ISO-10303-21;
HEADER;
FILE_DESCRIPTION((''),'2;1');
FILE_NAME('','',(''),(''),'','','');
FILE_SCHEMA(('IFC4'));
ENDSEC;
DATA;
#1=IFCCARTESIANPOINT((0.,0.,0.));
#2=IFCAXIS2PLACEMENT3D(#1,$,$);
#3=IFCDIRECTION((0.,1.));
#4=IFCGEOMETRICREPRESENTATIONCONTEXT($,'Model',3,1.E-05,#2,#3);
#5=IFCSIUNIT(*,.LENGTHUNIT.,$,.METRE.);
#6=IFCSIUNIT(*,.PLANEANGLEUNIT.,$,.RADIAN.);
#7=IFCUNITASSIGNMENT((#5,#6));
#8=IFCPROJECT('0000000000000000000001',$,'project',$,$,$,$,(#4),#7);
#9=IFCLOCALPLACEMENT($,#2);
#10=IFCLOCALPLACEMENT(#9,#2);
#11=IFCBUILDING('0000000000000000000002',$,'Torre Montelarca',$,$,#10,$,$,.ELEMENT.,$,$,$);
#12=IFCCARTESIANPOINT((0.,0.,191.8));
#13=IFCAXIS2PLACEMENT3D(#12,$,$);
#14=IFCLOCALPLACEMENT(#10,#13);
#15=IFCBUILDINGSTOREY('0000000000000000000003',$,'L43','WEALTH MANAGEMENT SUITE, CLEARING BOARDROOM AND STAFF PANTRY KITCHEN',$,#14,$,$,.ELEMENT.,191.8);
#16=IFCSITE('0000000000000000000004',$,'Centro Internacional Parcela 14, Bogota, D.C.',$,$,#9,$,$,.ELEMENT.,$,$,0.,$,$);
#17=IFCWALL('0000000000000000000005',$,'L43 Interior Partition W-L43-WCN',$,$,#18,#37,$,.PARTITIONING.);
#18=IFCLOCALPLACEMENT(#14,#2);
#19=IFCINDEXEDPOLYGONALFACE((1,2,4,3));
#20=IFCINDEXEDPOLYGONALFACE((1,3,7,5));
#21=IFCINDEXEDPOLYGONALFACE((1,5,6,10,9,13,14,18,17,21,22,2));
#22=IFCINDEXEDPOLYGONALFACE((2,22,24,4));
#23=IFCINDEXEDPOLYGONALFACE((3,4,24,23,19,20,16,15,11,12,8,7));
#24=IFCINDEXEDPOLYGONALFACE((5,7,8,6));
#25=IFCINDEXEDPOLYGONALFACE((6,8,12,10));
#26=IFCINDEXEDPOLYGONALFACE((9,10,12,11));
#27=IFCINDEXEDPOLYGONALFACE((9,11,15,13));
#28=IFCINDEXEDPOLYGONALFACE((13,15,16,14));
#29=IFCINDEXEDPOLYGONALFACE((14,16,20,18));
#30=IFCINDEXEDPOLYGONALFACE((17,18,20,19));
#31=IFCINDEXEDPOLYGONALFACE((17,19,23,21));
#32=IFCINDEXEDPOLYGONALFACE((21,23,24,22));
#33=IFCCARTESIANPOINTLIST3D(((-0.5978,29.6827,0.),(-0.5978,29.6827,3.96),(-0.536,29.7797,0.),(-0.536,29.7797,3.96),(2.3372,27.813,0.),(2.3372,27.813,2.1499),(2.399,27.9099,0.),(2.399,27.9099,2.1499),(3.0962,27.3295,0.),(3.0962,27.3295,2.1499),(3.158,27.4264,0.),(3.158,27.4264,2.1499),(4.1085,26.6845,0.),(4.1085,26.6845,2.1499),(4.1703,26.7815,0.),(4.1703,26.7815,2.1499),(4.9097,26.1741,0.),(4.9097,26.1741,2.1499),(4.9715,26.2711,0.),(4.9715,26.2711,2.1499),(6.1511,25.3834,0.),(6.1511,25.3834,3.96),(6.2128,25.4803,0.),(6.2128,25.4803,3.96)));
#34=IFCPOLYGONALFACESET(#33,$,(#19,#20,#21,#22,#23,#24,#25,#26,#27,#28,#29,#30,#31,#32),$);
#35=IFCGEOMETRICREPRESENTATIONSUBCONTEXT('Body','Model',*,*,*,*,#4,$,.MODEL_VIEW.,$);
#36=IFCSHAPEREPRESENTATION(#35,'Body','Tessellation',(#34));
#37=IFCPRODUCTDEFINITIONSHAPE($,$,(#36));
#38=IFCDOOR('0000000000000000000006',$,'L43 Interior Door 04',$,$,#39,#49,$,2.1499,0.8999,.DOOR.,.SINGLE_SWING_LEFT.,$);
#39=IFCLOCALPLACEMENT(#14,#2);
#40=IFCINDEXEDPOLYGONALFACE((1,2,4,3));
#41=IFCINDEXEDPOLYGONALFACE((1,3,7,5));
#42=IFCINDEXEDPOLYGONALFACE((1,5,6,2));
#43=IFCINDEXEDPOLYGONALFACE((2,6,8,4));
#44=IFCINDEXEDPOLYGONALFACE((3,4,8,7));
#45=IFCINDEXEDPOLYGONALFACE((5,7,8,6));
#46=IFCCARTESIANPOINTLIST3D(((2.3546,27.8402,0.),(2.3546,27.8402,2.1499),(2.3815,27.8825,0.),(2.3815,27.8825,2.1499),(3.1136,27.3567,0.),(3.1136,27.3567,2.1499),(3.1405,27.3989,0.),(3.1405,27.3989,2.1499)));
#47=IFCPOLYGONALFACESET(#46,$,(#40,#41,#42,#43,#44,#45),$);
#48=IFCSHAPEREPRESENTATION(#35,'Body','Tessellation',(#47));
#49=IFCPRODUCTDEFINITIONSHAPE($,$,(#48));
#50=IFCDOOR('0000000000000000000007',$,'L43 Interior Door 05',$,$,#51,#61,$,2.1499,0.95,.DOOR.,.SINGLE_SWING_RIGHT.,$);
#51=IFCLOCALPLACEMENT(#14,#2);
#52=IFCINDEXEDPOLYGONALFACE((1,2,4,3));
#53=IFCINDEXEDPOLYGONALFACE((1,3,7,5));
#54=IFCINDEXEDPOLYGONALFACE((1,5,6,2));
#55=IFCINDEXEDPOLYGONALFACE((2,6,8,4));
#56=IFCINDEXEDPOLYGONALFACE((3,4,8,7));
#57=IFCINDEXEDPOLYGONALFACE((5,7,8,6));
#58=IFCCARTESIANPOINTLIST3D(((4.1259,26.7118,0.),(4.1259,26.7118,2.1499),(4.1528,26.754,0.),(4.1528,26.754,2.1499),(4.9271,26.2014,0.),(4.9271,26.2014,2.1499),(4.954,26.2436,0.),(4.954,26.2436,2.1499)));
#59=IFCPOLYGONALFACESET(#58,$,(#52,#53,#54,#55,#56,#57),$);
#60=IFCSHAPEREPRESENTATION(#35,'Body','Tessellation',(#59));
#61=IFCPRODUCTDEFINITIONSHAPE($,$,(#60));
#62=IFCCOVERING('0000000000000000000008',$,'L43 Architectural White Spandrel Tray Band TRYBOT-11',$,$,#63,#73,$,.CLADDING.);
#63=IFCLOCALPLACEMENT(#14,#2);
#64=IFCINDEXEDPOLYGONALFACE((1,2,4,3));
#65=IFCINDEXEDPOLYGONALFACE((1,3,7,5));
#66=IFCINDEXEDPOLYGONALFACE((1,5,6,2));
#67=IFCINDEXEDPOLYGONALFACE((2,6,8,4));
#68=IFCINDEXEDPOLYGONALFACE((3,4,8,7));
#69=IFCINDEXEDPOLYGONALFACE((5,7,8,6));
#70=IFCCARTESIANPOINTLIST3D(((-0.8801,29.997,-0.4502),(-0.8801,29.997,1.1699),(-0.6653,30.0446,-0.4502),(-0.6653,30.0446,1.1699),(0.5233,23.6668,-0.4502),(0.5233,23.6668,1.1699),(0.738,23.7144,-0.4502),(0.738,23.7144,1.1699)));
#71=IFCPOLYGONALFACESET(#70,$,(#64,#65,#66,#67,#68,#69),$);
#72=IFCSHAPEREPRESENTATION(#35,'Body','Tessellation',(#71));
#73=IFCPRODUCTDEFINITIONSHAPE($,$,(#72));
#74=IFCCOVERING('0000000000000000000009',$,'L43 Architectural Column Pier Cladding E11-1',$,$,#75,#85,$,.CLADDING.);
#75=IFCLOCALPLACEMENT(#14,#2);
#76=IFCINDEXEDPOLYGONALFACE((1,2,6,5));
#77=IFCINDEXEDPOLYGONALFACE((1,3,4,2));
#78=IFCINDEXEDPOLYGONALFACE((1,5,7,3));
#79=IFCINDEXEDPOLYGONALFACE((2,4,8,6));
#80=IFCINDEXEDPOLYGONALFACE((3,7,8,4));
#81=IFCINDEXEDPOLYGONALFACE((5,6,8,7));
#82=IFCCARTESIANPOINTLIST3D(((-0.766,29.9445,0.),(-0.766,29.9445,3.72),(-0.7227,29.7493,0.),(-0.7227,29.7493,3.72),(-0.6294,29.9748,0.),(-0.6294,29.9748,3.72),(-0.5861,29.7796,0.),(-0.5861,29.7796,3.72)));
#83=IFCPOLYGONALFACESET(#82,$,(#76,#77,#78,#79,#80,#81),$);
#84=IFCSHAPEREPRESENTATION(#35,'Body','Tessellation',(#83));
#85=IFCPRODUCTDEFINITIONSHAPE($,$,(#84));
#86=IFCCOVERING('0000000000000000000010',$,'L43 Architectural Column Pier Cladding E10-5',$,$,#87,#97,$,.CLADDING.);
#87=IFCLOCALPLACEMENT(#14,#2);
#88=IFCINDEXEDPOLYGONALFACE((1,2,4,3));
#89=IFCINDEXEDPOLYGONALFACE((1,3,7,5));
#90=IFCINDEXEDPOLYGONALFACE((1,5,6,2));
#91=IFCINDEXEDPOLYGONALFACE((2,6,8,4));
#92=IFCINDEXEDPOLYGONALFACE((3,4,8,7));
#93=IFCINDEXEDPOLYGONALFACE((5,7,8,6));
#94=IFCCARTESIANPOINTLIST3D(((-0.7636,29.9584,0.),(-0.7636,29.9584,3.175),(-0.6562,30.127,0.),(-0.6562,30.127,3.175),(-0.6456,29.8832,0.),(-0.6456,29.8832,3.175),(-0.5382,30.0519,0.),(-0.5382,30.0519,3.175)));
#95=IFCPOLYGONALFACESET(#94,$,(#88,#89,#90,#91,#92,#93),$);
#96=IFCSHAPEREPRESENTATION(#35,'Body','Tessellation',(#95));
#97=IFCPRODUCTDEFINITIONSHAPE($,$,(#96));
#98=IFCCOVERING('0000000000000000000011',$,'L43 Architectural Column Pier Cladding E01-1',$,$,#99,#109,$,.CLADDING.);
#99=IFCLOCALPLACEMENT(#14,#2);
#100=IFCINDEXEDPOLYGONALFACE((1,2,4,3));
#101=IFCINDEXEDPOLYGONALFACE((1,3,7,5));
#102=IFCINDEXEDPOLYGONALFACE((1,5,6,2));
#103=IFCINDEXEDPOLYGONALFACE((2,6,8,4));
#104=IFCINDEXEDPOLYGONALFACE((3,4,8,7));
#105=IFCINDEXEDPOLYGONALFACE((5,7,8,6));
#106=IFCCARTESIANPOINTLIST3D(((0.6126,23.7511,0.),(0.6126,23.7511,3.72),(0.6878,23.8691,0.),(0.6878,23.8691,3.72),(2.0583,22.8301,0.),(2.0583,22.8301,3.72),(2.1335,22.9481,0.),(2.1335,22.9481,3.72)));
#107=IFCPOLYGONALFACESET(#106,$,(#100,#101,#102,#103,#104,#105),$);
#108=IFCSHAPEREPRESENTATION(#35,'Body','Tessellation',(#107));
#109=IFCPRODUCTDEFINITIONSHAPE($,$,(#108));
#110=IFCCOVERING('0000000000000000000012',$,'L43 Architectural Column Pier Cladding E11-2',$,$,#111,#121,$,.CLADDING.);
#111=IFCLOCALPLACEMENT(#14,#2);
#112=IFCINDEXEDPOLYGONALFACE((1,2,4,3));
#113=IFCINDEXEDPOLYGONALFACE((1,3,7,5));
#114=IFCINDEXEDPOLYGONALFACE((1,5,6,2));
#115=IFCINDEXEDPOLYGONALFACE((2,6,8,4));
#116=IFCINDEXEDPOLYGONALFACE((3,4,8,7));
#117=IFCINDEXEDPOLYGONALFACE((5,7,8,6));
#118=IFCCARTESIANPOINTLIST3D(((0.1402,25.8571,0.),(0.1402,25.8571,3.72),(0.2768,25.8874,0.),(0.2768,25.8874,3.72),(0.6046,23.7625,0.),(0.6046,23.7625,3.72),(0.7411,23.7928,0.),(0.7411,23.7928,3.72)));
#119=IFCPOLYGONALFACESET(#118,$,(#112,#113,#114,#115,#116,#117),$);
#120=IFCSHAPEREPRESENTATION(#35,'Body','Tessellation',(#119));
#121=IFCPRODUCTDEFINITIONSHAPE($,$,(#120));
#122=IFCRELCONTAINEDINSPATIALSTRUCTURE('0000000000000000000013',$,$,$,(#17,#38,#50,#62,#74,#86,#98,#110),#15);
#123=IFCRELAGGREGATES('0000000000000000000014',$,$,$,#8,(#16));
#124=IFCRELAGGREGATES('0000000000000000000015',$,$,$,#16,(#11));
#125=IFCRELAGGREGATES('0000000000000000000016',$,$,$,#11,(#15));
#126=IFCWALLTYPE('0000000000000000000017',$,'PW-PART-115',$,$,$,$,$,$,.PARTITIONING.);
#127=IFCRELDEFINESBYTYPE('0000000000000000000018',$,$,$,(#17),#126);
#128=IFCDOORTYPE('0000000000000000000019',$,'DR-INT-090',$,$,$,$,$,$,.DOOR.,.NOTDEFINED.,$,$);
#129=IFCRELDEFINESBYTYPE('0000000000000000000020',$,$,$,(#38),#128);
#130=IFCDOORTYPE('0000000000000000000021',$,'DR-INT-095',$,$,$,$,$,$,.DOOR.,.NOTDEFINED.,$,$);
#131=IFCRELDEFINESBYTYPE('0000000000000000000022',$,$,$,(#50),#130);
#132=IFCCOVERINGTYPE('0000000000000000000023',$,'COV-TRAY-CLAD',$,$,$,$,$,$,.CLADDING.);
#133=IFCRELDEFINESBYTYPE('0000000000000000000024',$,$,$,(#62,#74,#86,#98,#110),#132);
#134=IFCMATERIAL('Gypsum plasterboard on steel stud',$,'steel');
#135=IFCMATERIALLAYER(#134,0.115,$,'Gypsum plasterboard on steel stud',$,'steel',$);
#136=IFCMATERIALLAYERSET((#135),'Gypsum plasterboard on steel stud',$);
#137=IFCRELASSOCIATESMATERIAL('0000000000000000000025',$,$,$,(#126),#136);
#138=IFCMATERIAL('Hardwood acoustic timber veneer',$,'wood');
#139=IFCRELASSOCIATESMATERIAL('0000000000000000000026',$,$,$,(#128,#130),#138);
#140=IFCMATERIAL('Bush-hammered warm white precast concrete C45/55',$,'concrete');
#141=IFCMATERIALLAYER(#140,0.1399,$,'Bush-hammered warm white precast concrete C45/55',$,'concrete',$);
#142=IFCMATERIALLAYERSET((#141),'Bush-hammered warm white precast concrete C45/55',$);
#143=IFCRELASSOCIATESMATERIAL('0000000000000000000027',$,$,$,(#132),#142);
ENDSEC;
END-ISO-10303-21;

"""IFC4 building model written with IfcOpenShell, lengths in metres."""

from ifc_helpers import new_model, si_unit, direction, frame, frame_2d, origin, origin_2d, place, context, subcontext, project, spatial, rectangle, extrude, source, transform, mapped, material, layer, layer_set, type_object, element, fill, save


model = new_model("IFC4")

# Units and contexts
model_context = context("Model", 3, precision=1e-05, world=origin(), true_north=direction((0.0, 1.0)))
body_context = subcontext(model_context, "Body", "Model", "MODEL_VIEW")
ifc_project = project(units=[si_unit("LENGTHUNIT", "METRE"), si_unit("PLANEANGLEUNIT", "RADIAN")], contexts=[model_context])

# Site, building, storey
site_placement = place(None, origin())
site = spatial("IfcSite", under=ifc_project, at=site_placement, Name="Centro Internacional Parcela 14, Bogota, D.C.", CompositionType="ELEMENT", RefElevation=0.0)
building_placement = place(site_placement, origin())
building = spatial("IfcBuilding", under=site, at=building_placement, Name="Torre Montelarca", CompositionType="ELEMENT")
storey_placement = place(building_placement, frame((0.0, 0.0, 191.8)))
storey = spatial("IfcBuildingStorey", under=building, at=storey_placement, Name="L43", Description="WEALTH MANAGEMENT SUITE, CLEARING BOARDROOM AND STAFF PANTRY KITCHEN", CompositionType="ELEMENT", Elevation=191.8)

# Wall, openings, doors
ifc_material_1 = material(Name="Gypsum plasterboard on steel stud", Category="steel")
ifc_layer_1 = layer(ifc_material_1, 0.115, Name="Gypsum plasterboard on steel stud", Category="steel")
ifc_layer_set_1 = layer_set([ifc_layer_1], Name="Gypsum plasterboard on steel stud")
wall_type_1 = type_object("IfcWallType", Name="PW-PART-115", PredefinedType="PARTITIONING", material=ifc_layer_set_1)
wall_1_placement = place(storey_placement, frame((-0.5669, 29.7312, 0.0), z_axis=(0.0, 0.0, 1.0), x_axis=(0.843399, -0.537288, 0.0)))
wall_1 = element("IfcWall", 1, at=wall_1_placement, inside=storey, type_object=wall_type_1, Name="L43 Interior Partition W-L43-WCN", PredefinedType="PARTITIONING", context=body_context, shape_type="SweptSolid", body=[
    extrude(rectangle(XDim=8.002, YDim=0.115, at=frame_2d((4.001, 0.0))), origin(), (0.0, 0.0, 1.0), 3.96),
])
opening_1_placement = place(wall_1_placement, frame((3.48, 0.0, 0.0)))
opening_1 = element("IfcOpeningElement", 2, at=opening_1_placement, cuts=wall_1, PredefinedType="OPENING", context=body_context, shape_type="SweptSolid", body=[
    extrude(rectangle(XDim=0.8999, YDim=2.1499, at=frame_2d((0.45, 1.075))), frame((0.0, 0.0674, 0.0), z_axis=(0.0, -1.0, 0.0), x_axis=(1.0, 0.0, 0.0)), (0.0, 0.0, 1.0), 0.135),
])
opening_2_placement = place(wall_1_placement, frame((5.5801, 0.0, 0.0)))
opening_2 = element("IfcOpeningElement", 3, at=opening_2_placement, cuts=wall_1, PredefinedType="OPENING", context=body_context, shape_type="SweptSolid", body=[
    extrude(rectangle(XDim=0.95, YDim=2.1499, at=frame_2d((0.4751, 1.075))), frame((0.0, 0.0674, 0.0), z_axis=(0.0, -1.0, 0.0), x_axis=(1.0, 0.0, 0.0)), (0.0, 0.0, 1.0), 0.135),
])
ifc_material_2 = material(Name="Hardwood acoustic timber veneer", Category="wood")
door_type_1 = type_object("IfcDoorType", Name="DR-INT-090", OperationType="NOTDEFINED", PredefinedType="DOOR", material=ifc_material_2)
shared_shape_1 = source(origin(), body_context, "Body", "SweptSolid", [
    extrude(rectangle(XDim=0.8999, YDim=2.1499, at=frame_2d((0.45, 1.075))), frame((0.0, 0.0249, 0.0), z_axis=(0.0, -1.0, 0.0), x_axis=(1.0, 0.0, 0.0)), (0.0, 0.0, 1.0), 0.05),
])
door_1_placement = place(opening_1_placement, origin())
door_1 = element("IfcDoor", 4, at=door_1_placement, inside=storey, type_object=door_type_1, Name="L43 Interior Door 04", OperationType="SINGLE_SWING_LEFT", OverallHeight=2.1499, OverallWidth=0.8999, PredefinedType="DOOR", context=body_context, shape_type="MappedRepresentation", body=[
    mapped(shared_shape_1, transform((0.0, 0.0, 0.0), scale=1.0)),
])
fill(opening_1, door_1)
door_type_2 = type_object("IfcDoorType", Name="DR-INT-095", OperationType="NOTDEFINED", PredefinedType="DOOR", material=ifc_material_2)
shared_shape_2 = source(origin(), body_context, "Body", "SweptSolid", [
    extrude(rectangle(XDim=0.95, YDim=2.1499, at=frame_2d((0.4751, 1.075))), frame((0.0, 0.0249, 0.0), z_axis=(0.0, -1.0, 0.0), x_axis=(1.0, 0.0, 0.0)), (0.0, 0.0, 1.0), 0.05),
])
door_2_placement = place(opening_2_placement, origin())
door_2 = element("IfcDoor", 5, at=door_2_placement, inside=storey, type_object=door_type_2, Name="L43 Interior Door 05", OperationType="SINGLE_SWING_RIGHT", OverallHeight=2.1499, OverallWidth=0.95, PredefinedType="DOOR", context=body_context, shape_type="MappedRepresentation", body=[
    mapped(shared_shape_2, transform((0.0, 0.0, 0.0), scale=1.0)),
])
fill(opening_2, door_2)

# Coverings
ifc_material_3 = material(Name="Bush-hammered warm white precast concrete C45/55", Category="concrete")
ifc_layer_2 = layer(ifc_material_3, 0.1399, Name="Bush-hammered warm white precast concrete C45/55", Category="concrete")
ifc_layer_set_2 = layer_set([ifc_layer_2], Name="Bush-hammered warm white precast concrete C45/55")
covering_type = type_object("IfcCoveringType", Name="COV-TRAY-CLAD", PredefinedType="CLADDING", material=ifc_layer_set_2)
shared_shape_3 = source(origin(), body_context, "Body", "SweptSolid", [
    extrude(rectangle(XDim=6.4839, YDim=0.22, at=origin_2d()), origin(), (0.0, 0.0, 1.0), 1.6201),
])
covering_1_placement = place(storey_placement, frame((-0.071, 26.8557, -0.4502), z_axis=(0.0, 0.0, 1.0), x_axis=(0.216438, -0.976296, 0.0)))
element("IfcCovering", 6, at=covering_1_placement, inside=storey, type_object=covering_type, Name="L43 Architectural White Spandrel Tray Band TRYBOT-11", PredefinedType="CLADDING", context=body_context, shape_type="MappedRepresentation", body=[
    mapped(shared_shape_3, transform((0.0, 0.0, 0.0), scale=1.0)),
])
shared_shape_4 = source(origin(), body_context, "Body", "SweptSolid", [
    extrude(rectangle(XDim=0.2, YDim=0.1399, at=origin_2d()), origin(), (0.0, 0.0, 1.0), 3.72),
])
covering_2_placement = place(storey_placement, frame((-0.676, 29.8621, 0.0), z_axis=(0.0, 0.0, 1.0), x_axis=(0.216436, -0.976297, 0.0)))
element("IfcCovering", 7, at=covering_2_placement, inside=storey, type_object=covering_type, Name="L43 Architectural Column Pier Cladding E11-1", PredefinedType="CLADDING", context=body_context, shape_type="MappedRepresentation", body=[
    mapped(shared_shape_4, transform((0.0, 0.0, 0.0), scale=1.0)),
])
shared_shape_5 = source(origin(), body_context, "Body", "SweptSolid", [
    extrude(rectangle(XDim=0.2, YDim=0.1399, at=origin_2d()), origin(), (0.0, 0.0, 1.0), 3.175),
])
covering_3_placement = place(storey_placement, frame((-0.6509, 30.0051, 0.0), z_axis=(0.0, 0.0, 1.0), x_axis=(-0.537301, -0.843391, 0.0)))
element("IfcCovering", 8, at=covering_3_placement, inside=storey, type_object=covering_type, Name="L43 Architectural Column Pier Cladding E10-5", PredefinedType="CLADDING", context=body_context, shape_type="MappedRepresentation", body=[
    mapped(shared_shape_5, transform((0.0, 0.0, 0.0), scale=1.0)),
])
shared_shape_6 = source(origin(), body_context, "Body", "SweptSolid", [
    extrude(rectangle(XDim=1.7141, YDim=0.1399, at=origin_2d()), origin(), (0.0, 0.0, 1.0), 3.72),
])
covering_4_placement = place(storey_placement, frame((1.373, 23.3496, 0.0), z_axis=(0.0, 0.0, 1.0), x_axis=(0.84339, -0.537303, 0.0)))
element("IfcCovering", 9, at=covering_4_placement, inside=storey, type_object=covering_type, Name="L43 Architectural Column Pier Cladding E01-1", PredefinedType="CLADDING", context=body_context, shape_type="MappedRepresentation", body=[
    mapped(shared_shape_6, transform((0.0, 0.0, 0.0), scale=1.0)),
])
shared_shape_7 = source(origin(), body_context, "Body", "SweptSolid", [
    extrude(rectangle(XDim=2.1455, YDim=0.1399, at=origin_2d()), origin(), (0.0, 0.0, 1.0), 3.72),
])
covering_5_placement = place(storey_placement, frame((0.4407, 24.825, 0.0), z_axis=(0.0, 0.0, 1.0), x_axis=(0.216436, -0.976297, 0.0)))
element("IfcCovering", 10, at=covering_5_placement, inside=storey, type_object=covering_type, Name="L43 Architectural Column Pier Cladding E11-2", PredefinedType="CLADDING", context=body_context, shape_type="MappedRepresentation", body=[
    mapped(shared_shape_7, transform((0.0, 0.0, 0.0), scale=1.0)),
])

save(model, "model.ifc")
